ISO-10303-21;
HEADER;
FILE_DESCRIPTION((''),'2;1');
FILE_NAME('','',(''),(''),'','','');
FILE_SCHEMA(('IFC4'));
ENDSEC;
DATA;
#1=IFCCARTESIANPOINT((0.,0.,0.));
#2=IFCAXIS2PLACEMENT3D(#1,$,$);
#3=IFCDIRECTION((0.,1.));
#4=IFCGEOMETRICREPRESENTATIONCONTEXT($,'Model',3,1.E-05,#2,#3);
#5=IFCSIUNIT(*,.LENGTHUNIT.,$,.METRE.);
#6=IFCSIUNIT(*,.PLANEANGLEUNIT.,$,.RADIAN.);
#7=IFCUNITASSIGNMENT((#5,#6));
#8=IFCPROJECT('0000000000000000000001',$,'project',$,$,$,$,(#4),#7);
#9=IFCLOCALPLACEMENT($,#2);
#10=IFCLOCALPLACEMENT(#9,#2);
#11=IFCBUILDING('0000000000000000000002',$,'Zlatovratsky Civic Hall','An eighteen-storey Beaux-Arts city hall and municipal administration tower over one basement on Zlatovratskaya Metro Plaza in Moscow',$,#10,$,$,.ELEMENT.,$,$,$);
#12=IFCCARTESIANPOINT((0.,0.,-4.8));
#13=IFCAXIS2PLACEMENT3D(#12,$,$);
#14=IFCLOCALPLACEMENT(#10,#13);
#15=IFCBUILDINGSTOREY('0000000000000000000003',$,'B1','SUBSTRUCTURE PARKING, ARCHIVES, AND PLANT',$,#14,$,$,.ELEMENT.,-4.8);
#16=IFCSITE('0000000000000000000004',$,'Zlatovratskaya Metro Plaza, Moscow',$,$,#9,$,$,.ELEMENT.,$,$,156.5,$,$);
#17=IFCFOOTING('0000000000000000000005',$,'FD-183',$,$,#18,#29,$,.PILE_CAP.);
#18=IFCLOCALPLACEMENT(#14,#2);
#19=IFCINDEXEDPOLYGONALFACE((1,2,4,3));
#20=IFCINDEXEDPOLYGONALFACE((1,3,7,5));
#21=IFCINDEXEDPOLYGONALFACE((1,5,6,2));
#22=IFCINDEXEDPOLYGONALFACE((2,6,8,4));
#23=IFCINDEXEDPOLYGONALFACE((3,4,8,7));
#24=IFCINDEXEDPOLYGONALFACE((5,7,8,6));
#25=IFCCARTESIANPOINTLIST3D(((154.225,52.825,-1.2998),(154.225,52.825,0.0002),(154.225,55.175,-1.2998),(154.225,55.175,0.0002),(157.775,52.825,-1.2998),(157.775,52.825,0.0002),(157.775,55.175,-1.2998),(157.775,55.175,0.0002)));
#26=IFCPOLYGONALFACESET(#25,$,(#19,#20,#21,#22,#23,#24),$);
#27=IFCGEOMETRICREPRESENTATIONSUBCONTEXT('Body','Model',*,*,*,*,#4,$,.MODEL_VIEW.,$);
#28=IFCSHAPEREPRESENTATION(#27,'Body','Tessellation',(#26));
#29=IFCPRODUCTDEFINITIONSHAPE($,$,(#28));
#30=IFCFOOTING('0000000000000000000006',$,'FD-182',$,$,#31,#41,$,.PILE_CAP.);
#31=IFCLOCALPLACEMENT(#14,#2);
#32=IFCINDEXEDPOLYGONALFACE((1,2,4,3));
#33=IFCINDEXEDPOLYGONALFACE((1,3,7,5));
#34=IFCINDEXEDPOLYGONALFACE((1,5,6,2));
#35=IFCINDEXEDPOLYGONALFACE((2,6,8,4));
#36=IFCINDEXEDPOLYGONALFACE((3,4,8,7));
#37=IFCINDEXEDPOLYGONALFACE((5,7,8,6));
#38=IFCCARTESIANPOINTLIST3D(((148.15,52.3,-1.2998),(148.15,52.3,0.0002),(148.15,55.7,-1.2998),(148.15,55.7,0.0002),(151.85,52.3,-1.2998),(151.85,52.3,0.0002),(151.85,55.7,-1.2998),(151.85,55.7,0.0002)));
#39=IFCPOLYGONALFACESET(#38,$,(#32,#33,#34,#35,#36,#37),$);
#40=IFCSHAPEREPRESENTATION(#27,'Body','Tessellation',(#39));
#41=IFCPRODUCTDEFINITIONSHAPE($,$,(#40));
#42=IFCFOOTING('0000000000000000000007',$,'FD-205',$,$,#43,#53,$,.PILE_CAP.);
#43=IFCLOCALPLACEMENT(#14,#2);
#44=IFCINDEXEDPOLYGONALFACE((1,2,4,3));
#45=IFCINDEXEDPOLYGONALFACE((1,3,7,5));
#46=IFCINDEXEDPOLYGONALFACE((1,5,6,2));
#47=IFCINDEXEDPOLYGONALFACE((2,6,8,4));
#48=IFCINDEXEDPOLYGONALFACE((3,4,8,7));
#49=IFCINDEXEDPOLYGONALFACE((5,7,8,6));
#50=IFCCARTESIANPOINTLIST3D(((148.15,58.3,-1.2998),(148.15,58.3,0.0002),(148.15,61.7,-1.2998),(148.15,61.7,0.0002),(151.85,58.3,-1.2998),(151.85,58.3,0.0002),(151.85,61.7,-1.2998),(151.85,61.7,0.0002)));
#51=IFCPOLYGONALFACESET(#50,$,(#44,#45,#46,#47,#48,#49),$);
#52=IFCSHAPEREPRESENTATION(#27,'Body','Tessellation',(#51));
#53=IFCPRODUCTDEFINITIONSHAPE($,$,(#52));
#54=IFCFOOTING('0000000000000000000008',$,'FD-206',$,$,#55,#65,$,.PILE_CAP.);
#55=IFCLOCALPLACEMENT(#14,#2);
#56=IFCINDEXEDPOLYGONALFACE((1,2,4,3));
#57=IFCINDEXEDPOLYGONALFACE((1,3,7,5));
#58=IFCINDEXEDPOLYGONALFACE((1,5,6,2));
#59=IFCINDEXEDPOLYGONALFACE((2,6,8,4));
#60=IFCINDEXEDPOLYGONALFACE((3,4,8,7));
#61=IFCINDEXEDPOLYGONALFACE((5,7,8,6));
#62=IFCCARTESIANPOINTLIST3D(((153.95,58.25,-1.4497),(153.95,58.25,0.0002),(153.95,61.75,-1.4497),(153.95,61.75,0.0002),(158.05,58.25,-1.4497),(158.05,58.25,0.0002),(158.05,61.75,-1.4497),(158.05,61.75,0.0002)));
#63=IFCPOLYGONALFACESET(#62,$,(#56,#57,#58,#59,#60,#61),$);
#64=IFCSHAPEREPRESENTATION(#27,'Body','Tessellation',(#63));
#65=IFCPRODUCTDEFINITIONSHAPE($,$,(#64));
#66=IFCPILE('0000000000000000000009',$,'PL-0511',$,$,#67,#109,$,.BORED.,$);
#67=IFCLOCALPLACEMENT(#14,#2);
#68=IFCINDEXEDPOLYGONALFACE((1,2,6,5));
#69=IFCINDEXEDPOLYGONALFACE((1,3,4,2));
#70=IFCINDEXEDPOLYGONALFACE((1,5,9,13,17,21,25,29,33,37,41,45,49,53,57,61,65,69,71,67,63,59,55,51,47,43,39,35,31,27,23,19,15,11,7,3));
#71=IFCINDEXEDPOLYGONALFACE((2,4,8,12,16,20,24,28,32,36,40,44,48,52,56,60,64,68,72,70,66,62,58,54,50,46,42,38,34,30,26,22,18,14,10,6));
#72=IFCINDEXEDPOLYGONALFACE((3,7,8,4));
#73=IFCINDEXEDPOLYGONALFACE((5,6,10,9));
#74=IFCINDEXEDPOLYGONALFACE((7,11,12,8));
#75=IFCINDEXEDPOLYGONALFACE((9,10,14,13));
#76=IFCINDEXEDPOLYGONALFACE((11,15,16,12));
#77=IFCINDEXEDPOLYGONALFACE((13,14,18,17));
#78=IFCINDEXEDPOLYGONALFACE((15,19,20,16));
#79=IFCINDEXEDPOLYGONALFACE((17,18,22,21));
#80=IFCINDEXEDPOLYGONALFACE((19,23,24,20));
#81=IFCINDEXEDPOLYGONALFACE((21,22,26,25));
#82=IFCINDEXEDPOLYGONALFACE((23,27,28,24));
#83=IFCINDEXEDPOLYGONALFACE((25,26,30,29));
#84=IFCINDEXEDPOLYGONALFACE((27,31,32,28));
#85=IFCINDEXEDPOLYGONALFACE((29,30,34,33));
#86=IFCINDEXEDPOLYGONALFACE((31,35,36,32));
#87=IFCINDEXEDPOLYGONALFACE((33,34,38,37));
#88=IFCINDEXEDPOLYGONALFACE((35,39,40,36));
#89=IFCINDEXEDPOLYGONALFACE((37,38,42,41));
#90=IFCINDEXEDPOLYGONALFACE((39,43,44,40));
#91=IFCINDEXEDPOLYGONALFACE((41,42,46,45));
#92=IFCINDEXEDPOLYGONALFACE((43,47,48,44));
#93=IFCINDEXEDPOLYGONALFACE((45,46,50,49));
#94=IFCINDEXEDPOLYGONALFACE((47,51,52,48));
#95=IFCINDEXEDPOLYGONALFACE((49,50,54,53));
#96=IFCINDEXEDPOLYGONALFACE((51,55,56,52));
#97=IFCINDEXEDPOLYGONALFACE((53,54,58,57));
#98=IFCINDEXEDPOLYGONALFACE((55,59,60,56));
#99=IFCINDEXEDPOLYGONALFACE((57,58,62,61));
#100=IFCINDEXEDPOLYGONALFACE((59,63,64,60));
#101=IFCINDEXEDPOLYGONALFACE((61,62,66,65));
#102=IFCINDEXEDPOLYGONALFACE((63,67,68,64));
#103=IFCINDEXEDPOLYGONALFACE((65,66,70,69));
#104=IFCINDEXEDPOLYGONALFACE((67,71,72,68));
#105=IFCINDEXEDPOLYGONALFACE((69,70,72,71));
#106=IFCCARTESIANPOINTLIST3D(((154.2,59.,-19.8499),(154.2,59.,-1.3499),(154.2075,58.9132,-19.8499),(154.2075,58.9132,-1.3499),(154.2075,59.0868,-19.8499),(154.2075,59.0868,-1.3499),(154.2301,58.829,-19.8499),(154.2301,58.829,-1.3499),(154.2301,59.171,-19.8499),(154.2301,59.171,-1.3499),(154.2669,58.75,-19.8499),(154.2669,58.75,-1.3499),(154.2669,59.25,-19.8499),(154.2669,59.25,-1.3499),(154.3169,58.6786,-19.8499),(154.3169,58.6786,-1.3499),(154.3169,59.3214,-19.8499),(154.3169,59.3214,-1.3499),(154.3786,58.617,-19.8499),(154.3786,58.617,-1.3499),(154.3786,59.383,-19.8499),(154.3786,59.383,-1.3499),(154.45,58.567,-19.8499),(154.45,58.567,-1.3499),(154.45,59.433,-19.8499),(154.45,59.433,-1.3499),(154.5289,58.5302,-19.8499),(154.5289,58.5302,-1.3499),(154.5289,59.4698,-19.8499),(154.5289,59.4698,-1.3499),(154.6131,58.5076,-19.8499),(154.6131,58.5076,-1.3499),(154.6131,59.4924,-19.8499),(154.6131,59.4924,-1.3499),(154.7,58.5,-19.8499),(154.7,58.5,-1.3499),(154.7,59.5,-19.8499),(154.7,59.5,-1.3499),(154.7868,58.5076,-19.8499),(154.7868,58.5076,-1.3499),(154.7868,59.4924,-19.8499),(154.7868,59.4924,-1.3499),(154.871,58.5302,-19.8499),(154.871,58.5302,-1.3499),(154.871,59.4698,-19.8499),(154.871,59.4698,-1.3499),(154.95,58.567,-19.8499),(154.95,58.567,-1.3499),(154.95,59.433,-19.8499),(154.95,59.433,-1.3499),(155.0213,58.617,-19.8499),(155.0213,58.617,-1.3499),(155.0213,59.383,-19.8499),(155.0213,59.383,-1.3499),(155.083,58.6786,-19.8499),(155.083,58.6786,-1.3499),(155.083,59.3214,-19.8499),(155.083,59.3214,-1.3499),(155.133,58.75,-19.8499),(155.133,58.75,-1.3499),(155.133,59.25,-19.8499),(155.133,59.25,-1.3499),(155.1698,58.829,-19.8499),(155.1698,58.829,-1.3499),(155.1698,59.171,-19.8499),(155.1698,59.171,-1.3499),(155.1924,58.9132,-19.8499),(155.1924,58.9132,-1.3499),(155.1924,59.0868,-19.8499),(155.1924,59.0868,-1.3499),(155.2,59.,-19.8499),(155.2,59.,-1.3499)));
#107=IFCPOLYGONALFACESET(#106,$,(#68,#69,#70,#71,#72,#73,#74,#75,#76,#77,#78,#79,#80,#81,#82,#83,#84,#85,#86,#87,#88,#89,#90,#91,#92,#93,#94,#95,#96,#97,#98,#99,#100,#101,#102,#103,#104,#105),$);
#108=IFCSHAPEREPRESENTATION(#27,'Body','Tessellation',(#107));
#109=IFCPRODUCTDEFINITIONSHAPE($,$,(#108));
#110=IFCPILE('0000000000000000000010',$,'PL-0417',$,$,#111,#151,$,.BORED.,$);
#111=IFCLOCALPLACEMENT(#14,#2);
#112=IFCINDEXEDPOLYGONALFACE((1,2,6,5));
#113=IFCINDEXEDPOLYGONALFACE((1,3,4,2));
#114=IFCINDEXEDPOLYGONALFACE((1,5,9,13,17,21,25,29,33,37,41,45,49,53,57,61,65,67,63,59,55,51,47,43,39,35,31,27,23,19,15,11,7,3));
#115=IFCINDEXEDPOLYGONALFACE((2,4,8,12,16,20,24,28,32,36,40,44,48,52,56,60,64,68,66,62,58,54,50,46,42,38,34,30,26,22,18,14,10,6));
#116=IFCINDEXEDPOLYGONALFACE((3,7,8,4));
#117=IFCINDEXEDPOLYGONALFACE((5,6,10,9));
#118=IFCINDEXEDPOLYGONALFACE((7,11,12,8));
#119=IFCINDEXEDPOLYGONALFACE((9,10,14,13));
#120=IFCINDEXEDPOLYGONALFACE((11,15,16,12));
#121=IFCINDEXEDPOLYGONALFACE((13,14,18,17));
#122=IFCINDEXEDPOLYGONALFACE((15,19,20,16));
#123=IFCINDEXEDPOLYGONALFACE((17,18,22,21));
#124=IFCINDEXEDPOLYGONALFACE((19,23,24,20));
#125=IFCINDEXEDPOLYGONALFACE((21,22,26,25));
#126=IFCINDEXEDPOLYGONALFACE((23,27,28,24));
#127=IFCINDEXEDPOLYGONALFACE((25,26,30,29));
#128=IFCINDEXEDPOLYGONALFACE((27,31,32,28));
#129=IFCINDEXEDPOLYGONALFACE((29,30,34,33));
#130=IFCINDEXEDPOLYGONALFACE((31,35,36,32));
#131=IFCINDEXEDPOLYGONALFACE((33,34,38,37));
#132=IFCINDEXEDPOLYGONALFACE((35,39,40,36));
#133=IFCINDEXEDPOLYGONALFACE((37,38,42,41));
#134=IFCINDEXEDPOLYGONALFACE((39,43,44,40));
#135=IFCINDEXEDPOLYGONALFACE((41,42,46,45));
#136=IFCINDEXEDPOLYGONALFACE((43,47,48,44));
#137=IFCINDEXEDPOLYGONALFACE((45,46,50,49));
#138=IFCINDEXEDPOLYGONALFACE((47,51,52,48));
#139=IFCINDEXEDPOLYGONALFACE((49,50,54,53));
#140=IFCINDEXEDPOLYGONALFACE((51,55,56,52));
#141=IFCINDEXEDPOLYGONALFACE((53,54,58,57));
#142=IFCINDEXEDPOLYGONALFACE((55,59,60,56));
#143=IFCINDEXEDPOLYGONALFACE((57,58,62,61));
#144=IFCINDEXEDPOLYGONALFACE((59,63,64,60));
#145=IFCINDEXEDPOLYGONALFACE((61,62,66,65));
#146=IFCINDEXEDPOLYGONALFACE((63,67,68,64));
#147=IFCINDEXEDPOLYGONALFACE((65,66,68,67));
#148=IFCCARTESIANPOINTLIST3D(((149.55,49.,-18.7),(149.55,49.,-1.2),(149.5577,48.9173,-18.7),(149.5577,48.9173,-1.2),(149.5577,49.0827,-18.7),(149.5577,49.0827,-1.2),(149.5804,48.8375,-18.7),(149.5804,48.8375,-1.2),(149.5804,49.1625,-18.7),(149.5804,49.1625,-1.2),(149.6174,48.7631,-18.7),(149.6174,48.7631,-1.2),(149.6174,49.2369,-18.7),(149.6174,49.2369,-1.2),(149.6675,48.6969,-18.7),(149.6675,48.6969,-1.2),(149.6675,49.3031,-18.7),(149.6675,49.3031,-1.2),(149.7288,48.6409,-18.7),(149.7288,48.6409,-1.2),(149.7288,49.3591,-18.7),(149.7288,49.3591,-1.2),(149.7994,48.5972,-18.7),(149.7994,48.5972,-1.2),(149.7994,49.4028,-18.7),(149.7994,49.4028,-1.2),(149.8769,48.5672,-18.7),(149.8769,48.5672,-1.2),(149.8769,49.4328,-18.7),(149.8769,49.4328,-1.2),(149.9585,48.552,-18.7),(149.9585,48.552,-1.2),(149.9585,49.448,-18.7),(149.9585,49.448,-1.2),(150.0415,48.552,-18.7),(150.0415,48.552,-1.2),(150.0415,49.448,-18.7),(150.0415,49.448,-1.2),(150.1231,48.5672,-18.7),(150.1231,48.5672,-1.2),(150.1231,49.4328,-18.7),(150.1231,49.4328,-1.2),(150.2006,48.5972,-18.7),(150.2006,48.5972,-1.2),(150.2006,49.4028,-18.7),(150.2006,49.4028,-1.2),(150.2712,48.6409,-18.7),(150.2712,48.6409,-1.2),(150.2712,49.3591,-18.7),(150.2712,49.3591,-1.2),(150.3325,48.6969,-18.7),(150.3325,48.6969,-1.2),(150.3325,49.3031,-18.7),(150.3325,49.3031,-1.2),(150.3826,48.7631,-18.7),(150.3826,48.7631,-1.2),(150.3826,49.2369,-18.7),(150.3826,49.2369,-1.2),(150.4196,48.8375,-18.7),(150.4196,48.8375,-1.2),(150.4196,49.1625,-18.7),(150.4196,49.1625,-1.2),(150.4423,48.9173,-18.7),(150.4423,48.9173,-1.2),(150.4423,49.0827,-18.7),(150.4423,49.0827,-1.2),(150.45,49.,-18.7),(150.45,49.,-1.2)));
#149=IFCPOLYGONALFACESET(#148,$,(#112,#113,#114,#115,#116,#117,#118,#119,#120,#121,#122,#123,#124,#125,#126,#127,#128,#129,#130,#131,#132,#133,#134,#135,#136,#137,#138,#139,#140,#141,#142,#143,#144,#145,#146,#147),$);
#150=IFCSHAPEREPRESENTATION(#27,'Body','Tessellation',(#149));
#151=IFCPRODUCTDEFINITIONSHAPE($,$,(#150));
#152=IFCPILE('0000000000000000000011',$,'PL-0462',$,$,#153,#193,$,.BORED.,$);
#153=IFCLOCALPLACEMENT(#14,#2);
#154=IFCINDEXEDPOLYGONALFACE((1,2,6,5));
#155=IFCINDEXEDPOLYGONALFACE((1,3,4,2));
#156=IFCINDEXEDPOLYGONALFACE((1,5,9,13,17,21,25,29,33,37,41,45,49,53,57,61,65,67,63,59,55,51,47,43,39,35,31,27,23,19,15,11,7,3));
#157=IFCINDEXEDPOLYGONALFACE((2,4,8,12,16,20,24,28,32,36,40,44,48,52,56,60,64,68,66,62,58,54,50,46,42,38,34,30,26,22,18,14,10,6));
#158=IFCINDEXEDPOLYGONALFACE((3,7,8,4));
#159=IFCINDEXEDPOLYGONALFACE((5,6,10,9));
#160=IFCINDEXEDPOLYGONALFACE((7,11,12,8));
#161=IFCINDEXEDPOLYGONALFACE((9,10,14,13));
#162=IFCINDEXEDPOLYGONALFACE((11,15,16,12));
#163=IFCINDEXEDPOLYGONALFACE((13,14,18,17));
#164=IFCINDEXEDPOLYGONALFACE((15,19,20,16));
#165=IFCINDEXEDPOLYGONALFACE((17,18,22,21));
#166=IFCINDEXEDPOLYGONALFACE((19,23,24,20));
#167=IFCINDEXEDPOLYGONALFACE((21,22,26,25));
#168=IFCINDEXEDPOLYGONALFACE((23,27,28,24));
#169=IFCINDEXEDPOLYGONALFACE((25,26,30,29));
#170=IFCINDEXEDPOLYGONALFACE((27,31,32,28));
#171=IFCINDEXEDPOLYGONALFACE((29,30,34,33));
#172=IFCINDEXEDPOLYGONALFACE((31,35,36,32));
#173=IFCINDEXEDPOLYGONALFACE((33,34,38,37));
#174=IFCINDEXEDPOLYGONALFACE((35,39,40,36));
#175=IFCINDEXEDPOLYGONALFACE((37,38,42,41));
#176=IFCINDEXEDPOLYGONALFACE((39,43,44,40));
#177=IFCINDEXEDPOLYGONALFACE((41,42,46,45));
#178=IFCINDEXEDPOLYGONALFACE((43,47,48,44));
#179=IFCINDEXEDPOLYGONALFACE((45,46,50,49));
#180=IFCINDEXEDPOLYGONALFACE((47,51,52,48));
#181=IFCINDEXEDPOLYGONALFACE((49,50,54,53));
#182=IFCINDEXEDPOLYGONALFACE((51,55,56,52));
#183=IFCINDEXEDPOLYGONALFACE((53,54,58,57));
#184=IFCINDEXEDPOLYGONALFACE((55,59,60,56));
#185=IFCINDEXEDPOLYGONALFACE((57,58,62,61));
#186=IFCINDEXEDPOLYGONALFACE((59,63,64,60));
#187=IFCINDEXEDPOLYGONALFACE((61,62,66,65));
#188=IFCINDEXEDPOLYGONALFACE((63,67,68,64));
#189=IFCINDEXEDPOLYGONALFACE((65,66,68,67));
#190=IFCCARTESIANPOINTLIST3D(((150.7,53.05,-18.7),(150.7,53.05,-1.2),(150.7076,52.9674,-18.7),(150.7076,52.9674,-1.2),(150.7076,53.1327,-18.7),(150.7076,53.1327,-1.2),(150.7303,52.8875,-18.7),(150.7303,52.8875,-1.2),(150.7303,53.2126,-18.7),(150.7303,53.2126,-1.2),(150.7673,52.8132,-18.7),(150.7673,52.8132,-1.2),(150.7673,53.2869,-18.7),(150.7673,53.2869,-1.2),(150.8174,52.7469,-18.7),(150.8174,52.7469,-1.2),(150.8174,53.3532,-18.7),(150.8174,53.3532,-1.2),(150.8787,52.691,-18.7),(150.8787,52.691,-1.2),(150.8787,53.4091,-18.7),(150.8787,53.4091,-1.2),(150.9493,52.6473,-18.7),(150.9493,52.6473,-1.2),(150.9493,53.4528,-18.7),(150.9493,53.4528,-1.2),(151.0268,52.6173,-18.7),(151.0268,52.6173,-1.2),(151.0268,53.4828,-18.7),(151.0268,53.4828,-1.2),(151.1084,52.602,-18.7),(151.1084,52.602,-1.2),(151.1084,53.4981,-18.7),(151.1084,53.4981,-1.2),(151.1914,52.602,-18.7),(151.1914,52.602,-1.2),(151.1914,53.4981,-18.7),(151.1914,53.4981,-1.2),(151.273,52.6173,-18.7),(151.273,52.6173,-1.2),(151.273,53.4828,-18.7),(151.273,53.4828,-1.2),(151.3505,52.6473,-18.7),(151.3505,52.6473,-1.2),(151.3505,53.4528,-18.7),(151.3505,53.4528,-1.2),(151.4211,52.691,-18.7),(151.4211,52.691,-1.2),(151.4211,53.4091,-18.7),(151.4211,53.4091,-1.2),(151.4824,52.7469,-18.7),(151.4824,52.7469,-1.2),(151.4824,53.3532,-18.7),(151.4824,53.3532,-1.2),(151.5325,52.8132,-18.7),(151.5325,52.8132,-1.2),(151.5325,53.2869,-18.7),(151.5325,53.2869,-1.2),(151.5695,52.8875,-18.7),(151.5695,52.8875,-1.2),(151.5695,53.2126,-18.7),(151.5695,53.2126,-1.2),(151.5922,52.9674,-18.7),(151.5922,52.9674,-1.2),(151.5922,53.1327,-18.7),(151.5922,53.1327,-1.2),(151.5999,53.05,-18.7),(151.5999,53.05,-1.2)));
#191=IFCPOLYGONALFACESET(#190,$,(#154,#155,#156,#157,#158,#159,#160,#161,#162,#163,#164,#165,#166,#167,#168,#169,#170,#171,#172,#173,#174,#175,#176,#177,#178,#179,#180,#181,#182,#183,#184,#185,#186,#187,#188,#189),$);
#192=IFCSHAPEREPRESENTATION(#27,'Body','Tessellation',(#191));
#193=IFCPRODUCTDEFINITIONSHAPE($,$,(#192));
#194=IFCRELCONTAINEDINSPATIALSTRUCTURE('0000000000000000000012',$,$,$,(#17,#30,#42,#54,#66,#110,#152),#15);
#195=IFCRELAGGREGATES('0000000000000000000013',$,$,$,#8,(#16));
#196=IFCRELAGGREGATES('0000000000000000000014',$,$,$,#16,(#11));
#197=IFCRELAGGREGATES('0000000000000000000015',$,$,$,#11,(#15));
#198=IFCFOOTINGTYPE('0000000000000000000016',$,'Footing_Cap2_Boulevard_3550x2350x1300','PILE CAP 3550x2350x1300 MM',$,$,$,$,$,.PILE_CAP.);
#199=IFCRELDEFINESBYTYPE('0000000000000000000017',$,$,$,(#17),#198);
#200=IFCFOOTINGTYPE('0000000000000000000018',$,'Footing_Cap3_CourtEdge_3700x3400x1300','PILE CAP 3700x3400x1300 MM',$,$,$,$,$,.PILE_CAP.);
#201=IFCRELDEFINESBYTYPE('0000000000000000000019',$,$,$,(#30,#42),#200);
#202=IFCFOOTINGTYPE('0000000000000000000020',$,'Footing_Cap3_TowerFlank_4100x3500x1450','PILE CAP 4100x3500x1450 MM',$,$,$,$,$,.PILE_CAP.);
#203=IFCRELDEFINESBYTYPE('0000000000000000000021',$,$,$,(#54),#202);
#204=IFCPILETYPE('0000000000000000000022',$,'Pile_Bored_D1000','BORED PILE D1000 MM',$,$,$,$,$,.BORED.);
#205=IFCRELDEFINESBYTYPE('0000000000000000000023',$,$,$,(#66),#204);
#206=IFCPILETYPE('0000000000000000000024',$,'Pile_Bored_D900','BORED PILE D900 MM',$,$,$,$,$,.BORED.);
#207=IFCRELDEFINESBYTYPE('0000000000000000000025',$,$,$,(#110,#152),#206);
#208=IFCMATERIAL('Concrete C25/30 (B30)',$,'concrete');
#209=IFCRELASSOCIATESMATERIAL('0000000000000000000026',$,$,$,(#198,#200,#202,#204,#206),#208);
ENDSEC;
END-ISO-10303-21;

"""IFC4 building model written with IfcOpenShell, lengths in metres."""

from ifc_helpers import new_model, si_unit, direction, frame, origin, origin_2d, place, context, subcontext, project, spatial, rectangle, circle, extrude, material, material_profile, profile_set, type_object, element, save


model = new_model("IFC4")

# Units and contexts
model_context = context("Model", 3, precision=1e-05, world=origin(), true_north=direction((0.0, 1.0)))
body_context = subcontext(model_context, "Body", "Model", "MODEL_VIEW")
ifc_project = project(units=[si_unit("LENGTHUNIT", "METRE"), si_unit("PLANEANGLEUNIT", "RADIAN")], contexts=[model_context])

# Site, building, storey
site_placement = place(None, origin())
site = spatial("IfcSite", under=ifc_project, at=site_placement, Name="Zlatovratskaya Metro Plaza, Moscow", CompositionType="ELEMENT", RefElevation=156.5)
building_placement = place(site_placement, origin())
building = spatial("IfcBuilding", under=site, at=building_placement, Name="Zlatovratsky Civic Hall", Description="An eighteen-storey Beaux-Arts city hall and municipal administration tower over one basement on Zlatovratskaya Metro Plaza in Moscow", CompositionType="ELEMENT")
storey_placement = place(building_placement, frame((0.0, 0.0, -4.8)))
storey = spatial("IfcBuildingStorey", under=building, at=storey_placement, Name="B1", Description="SUBSTRUCTURE PARKING, ARCHIVES, AND PLANT", CompositionType="ELEMENT", Elevation=-4.8)

# Footings
ifc_material_1 = material(Name="Concrete C25/30 (B30)", Category="concrete")
footing_type_1 = type_object("IfcFootingType", Name="Footing_Cap2_Boulevard_3550x2350x1300", Description="PILE CAP 3550x2350x1300 MM", PredefinedType="PILE_CAP", material=ifc_material_1)
footing_1_placement = place(storey_placement, frame((156.0, 54.0, -1.2998), z_axis=(0.0, 0.0, 1.0), x_axis=(1.0, 0.0, 0.0)))
element("IfcFooting", 1, at=footing_1_placement, inside=storey, type_object=footing_type_1, Name="FD-183", PredefinedType="PILE_CAP", context=body_context, shape_type="SweptSolid", body=[
    extrude(rectangle(XDim=3.55, YDim=2.3501, at=origin_2d()), origin(), (0.0, 0.0, 1.0), 1.3),
])
footing_type_2 = type_object("IfcFootingType", Name="Footing_Cap3_CourtEdge_3700x3400x1300", Description="PILE CAP 3700x3400x1300 MM", PredefinedType="PILE_CAP", material=ifc_material_1)
for number, where, z_axis, x_axis, name in (
    (2, (150.0, 54.0, -1.2998), (0.0, 0.0, 1.0), (1.0, 0.0, 0.0), "FD-182"),
    (3, (150.0, 60.0, -1.2998), (0.0, 0.0, 1.0), (1.0, 0.0, 0.0), "FD-205"),
):
    element("IfcFooting", number, at=place(storey_placement, frame(where, z_axis=z_axis, x_axis=x_axis)), inside=storey, type_object=footing_type_2, Name=name, PredefinedType="PILE_CAP", context=body_context, shape_type="SweptSolid", body=[
        extrude(rectangle(XDim=3.7, YDim=3.3999, at=origin_2d()), origin(), (0.0, 0.0, 1.0), 1.3),
    ])
footing_type_3 = type_object("IfcFootingType", Name="Footing_Cap3_TowerFlank_4100x3500x1450", Description="PILE CAP 4100x3500x1450 MM", PredefinedType="PILE_CAP", material=ifc_material_1)
footing_2_placement = place(storey_placement, frame((156.0, 60.0, -1.4497), z_axis=(0.0, 0.0, 1.0), x_axis=(1.0, 0.0, 0.0)))
element("IfcFooting", 4, at=footing_2_placement, inside=storey, type_object=footing_type_3, Name="FD-206", PredefinedType="PILE_CAP", context=body_context, shape_type="SweptSolid", body=[
    extrude(rectangle(XDim=4.1001, YDim=3.5, at=origin_2d()), origin(), (0.0, 0.0, 1.0), 1.45),
])

# Piles
ifc_material_profile_1 = material_profile(ifc_material_1, circle(Radius=0.5, at=origin_2d()), Name="PILE D1000")
ifc_profile_set_1 = profile_set([ifc_material_profile_1], Name="Concrete C25/30 (B30)")
pile_type_1 = type_object("IfcPileType", Name="Pile_Bored_D1000", Description="BORED PILE D1000 MM", PredefinedType="BORED", material=ifc_profile_set_1)
pile_placement = place(storey_placement, frame((154.7, 59.0, -1.3499), z_axis=(0.0, 0.0, -1.0), x_axis=(1.0, 0.0, 0.0)))
element("IfcPile", 5, at=pile_placement, inside=storey, type_object=pile_type_1, Name="PL-0511", PredefinedType="BORED", context=body_context, shape_type="SweptSolid", body=[
    extrude(circle(Radius=0.5, at=origin_2d()), origin(), (0.0, 0.0, 1.0), 18.5),
])
ifc_material_profile_2 = material_profile(ifc_material_1, circle(Radius=0.45, at=origin_2d()), Name="PILE D900")
ifc_profile_set_2 = profile_set([ifc_material_profile_2], Name="Concrete C25/30 (B30)")
pile_type_2 = type_object("IfcPileType", Name="Pile_Bored_D900", Description="BORED PILE D900 MM", PredefinedType="BORED", material=ifc_profile_set_2)
for number, where, z_axis, x_axis, name in (
    (6, (150.0, 49.0, -1.2), (0.0, 0.0, -1.0), (1.0, 0.0, 0.0), "PL-0417"),
    (7, (151.1499, 53.05, -1.2), (0.0, 0.0, -1.0), (1.0, 0.0, 0.0), "PL-0462"),
):
    element("IfcPile", number, at=place(storey_placement, frame(where, z_axis=z_axis, x_axis=x_axis)), inside=storey, type_object=pile_type_2, Name=name, PredefinedType="BORED", context=body_context, shape_type="SweptSolid", body=[
        extrude(circle(Radius=0.45, at=origin_2d()), origin(), (0.0, 0.0, 1.0), 17.5),
    ])

save(model, "model.ifc")
